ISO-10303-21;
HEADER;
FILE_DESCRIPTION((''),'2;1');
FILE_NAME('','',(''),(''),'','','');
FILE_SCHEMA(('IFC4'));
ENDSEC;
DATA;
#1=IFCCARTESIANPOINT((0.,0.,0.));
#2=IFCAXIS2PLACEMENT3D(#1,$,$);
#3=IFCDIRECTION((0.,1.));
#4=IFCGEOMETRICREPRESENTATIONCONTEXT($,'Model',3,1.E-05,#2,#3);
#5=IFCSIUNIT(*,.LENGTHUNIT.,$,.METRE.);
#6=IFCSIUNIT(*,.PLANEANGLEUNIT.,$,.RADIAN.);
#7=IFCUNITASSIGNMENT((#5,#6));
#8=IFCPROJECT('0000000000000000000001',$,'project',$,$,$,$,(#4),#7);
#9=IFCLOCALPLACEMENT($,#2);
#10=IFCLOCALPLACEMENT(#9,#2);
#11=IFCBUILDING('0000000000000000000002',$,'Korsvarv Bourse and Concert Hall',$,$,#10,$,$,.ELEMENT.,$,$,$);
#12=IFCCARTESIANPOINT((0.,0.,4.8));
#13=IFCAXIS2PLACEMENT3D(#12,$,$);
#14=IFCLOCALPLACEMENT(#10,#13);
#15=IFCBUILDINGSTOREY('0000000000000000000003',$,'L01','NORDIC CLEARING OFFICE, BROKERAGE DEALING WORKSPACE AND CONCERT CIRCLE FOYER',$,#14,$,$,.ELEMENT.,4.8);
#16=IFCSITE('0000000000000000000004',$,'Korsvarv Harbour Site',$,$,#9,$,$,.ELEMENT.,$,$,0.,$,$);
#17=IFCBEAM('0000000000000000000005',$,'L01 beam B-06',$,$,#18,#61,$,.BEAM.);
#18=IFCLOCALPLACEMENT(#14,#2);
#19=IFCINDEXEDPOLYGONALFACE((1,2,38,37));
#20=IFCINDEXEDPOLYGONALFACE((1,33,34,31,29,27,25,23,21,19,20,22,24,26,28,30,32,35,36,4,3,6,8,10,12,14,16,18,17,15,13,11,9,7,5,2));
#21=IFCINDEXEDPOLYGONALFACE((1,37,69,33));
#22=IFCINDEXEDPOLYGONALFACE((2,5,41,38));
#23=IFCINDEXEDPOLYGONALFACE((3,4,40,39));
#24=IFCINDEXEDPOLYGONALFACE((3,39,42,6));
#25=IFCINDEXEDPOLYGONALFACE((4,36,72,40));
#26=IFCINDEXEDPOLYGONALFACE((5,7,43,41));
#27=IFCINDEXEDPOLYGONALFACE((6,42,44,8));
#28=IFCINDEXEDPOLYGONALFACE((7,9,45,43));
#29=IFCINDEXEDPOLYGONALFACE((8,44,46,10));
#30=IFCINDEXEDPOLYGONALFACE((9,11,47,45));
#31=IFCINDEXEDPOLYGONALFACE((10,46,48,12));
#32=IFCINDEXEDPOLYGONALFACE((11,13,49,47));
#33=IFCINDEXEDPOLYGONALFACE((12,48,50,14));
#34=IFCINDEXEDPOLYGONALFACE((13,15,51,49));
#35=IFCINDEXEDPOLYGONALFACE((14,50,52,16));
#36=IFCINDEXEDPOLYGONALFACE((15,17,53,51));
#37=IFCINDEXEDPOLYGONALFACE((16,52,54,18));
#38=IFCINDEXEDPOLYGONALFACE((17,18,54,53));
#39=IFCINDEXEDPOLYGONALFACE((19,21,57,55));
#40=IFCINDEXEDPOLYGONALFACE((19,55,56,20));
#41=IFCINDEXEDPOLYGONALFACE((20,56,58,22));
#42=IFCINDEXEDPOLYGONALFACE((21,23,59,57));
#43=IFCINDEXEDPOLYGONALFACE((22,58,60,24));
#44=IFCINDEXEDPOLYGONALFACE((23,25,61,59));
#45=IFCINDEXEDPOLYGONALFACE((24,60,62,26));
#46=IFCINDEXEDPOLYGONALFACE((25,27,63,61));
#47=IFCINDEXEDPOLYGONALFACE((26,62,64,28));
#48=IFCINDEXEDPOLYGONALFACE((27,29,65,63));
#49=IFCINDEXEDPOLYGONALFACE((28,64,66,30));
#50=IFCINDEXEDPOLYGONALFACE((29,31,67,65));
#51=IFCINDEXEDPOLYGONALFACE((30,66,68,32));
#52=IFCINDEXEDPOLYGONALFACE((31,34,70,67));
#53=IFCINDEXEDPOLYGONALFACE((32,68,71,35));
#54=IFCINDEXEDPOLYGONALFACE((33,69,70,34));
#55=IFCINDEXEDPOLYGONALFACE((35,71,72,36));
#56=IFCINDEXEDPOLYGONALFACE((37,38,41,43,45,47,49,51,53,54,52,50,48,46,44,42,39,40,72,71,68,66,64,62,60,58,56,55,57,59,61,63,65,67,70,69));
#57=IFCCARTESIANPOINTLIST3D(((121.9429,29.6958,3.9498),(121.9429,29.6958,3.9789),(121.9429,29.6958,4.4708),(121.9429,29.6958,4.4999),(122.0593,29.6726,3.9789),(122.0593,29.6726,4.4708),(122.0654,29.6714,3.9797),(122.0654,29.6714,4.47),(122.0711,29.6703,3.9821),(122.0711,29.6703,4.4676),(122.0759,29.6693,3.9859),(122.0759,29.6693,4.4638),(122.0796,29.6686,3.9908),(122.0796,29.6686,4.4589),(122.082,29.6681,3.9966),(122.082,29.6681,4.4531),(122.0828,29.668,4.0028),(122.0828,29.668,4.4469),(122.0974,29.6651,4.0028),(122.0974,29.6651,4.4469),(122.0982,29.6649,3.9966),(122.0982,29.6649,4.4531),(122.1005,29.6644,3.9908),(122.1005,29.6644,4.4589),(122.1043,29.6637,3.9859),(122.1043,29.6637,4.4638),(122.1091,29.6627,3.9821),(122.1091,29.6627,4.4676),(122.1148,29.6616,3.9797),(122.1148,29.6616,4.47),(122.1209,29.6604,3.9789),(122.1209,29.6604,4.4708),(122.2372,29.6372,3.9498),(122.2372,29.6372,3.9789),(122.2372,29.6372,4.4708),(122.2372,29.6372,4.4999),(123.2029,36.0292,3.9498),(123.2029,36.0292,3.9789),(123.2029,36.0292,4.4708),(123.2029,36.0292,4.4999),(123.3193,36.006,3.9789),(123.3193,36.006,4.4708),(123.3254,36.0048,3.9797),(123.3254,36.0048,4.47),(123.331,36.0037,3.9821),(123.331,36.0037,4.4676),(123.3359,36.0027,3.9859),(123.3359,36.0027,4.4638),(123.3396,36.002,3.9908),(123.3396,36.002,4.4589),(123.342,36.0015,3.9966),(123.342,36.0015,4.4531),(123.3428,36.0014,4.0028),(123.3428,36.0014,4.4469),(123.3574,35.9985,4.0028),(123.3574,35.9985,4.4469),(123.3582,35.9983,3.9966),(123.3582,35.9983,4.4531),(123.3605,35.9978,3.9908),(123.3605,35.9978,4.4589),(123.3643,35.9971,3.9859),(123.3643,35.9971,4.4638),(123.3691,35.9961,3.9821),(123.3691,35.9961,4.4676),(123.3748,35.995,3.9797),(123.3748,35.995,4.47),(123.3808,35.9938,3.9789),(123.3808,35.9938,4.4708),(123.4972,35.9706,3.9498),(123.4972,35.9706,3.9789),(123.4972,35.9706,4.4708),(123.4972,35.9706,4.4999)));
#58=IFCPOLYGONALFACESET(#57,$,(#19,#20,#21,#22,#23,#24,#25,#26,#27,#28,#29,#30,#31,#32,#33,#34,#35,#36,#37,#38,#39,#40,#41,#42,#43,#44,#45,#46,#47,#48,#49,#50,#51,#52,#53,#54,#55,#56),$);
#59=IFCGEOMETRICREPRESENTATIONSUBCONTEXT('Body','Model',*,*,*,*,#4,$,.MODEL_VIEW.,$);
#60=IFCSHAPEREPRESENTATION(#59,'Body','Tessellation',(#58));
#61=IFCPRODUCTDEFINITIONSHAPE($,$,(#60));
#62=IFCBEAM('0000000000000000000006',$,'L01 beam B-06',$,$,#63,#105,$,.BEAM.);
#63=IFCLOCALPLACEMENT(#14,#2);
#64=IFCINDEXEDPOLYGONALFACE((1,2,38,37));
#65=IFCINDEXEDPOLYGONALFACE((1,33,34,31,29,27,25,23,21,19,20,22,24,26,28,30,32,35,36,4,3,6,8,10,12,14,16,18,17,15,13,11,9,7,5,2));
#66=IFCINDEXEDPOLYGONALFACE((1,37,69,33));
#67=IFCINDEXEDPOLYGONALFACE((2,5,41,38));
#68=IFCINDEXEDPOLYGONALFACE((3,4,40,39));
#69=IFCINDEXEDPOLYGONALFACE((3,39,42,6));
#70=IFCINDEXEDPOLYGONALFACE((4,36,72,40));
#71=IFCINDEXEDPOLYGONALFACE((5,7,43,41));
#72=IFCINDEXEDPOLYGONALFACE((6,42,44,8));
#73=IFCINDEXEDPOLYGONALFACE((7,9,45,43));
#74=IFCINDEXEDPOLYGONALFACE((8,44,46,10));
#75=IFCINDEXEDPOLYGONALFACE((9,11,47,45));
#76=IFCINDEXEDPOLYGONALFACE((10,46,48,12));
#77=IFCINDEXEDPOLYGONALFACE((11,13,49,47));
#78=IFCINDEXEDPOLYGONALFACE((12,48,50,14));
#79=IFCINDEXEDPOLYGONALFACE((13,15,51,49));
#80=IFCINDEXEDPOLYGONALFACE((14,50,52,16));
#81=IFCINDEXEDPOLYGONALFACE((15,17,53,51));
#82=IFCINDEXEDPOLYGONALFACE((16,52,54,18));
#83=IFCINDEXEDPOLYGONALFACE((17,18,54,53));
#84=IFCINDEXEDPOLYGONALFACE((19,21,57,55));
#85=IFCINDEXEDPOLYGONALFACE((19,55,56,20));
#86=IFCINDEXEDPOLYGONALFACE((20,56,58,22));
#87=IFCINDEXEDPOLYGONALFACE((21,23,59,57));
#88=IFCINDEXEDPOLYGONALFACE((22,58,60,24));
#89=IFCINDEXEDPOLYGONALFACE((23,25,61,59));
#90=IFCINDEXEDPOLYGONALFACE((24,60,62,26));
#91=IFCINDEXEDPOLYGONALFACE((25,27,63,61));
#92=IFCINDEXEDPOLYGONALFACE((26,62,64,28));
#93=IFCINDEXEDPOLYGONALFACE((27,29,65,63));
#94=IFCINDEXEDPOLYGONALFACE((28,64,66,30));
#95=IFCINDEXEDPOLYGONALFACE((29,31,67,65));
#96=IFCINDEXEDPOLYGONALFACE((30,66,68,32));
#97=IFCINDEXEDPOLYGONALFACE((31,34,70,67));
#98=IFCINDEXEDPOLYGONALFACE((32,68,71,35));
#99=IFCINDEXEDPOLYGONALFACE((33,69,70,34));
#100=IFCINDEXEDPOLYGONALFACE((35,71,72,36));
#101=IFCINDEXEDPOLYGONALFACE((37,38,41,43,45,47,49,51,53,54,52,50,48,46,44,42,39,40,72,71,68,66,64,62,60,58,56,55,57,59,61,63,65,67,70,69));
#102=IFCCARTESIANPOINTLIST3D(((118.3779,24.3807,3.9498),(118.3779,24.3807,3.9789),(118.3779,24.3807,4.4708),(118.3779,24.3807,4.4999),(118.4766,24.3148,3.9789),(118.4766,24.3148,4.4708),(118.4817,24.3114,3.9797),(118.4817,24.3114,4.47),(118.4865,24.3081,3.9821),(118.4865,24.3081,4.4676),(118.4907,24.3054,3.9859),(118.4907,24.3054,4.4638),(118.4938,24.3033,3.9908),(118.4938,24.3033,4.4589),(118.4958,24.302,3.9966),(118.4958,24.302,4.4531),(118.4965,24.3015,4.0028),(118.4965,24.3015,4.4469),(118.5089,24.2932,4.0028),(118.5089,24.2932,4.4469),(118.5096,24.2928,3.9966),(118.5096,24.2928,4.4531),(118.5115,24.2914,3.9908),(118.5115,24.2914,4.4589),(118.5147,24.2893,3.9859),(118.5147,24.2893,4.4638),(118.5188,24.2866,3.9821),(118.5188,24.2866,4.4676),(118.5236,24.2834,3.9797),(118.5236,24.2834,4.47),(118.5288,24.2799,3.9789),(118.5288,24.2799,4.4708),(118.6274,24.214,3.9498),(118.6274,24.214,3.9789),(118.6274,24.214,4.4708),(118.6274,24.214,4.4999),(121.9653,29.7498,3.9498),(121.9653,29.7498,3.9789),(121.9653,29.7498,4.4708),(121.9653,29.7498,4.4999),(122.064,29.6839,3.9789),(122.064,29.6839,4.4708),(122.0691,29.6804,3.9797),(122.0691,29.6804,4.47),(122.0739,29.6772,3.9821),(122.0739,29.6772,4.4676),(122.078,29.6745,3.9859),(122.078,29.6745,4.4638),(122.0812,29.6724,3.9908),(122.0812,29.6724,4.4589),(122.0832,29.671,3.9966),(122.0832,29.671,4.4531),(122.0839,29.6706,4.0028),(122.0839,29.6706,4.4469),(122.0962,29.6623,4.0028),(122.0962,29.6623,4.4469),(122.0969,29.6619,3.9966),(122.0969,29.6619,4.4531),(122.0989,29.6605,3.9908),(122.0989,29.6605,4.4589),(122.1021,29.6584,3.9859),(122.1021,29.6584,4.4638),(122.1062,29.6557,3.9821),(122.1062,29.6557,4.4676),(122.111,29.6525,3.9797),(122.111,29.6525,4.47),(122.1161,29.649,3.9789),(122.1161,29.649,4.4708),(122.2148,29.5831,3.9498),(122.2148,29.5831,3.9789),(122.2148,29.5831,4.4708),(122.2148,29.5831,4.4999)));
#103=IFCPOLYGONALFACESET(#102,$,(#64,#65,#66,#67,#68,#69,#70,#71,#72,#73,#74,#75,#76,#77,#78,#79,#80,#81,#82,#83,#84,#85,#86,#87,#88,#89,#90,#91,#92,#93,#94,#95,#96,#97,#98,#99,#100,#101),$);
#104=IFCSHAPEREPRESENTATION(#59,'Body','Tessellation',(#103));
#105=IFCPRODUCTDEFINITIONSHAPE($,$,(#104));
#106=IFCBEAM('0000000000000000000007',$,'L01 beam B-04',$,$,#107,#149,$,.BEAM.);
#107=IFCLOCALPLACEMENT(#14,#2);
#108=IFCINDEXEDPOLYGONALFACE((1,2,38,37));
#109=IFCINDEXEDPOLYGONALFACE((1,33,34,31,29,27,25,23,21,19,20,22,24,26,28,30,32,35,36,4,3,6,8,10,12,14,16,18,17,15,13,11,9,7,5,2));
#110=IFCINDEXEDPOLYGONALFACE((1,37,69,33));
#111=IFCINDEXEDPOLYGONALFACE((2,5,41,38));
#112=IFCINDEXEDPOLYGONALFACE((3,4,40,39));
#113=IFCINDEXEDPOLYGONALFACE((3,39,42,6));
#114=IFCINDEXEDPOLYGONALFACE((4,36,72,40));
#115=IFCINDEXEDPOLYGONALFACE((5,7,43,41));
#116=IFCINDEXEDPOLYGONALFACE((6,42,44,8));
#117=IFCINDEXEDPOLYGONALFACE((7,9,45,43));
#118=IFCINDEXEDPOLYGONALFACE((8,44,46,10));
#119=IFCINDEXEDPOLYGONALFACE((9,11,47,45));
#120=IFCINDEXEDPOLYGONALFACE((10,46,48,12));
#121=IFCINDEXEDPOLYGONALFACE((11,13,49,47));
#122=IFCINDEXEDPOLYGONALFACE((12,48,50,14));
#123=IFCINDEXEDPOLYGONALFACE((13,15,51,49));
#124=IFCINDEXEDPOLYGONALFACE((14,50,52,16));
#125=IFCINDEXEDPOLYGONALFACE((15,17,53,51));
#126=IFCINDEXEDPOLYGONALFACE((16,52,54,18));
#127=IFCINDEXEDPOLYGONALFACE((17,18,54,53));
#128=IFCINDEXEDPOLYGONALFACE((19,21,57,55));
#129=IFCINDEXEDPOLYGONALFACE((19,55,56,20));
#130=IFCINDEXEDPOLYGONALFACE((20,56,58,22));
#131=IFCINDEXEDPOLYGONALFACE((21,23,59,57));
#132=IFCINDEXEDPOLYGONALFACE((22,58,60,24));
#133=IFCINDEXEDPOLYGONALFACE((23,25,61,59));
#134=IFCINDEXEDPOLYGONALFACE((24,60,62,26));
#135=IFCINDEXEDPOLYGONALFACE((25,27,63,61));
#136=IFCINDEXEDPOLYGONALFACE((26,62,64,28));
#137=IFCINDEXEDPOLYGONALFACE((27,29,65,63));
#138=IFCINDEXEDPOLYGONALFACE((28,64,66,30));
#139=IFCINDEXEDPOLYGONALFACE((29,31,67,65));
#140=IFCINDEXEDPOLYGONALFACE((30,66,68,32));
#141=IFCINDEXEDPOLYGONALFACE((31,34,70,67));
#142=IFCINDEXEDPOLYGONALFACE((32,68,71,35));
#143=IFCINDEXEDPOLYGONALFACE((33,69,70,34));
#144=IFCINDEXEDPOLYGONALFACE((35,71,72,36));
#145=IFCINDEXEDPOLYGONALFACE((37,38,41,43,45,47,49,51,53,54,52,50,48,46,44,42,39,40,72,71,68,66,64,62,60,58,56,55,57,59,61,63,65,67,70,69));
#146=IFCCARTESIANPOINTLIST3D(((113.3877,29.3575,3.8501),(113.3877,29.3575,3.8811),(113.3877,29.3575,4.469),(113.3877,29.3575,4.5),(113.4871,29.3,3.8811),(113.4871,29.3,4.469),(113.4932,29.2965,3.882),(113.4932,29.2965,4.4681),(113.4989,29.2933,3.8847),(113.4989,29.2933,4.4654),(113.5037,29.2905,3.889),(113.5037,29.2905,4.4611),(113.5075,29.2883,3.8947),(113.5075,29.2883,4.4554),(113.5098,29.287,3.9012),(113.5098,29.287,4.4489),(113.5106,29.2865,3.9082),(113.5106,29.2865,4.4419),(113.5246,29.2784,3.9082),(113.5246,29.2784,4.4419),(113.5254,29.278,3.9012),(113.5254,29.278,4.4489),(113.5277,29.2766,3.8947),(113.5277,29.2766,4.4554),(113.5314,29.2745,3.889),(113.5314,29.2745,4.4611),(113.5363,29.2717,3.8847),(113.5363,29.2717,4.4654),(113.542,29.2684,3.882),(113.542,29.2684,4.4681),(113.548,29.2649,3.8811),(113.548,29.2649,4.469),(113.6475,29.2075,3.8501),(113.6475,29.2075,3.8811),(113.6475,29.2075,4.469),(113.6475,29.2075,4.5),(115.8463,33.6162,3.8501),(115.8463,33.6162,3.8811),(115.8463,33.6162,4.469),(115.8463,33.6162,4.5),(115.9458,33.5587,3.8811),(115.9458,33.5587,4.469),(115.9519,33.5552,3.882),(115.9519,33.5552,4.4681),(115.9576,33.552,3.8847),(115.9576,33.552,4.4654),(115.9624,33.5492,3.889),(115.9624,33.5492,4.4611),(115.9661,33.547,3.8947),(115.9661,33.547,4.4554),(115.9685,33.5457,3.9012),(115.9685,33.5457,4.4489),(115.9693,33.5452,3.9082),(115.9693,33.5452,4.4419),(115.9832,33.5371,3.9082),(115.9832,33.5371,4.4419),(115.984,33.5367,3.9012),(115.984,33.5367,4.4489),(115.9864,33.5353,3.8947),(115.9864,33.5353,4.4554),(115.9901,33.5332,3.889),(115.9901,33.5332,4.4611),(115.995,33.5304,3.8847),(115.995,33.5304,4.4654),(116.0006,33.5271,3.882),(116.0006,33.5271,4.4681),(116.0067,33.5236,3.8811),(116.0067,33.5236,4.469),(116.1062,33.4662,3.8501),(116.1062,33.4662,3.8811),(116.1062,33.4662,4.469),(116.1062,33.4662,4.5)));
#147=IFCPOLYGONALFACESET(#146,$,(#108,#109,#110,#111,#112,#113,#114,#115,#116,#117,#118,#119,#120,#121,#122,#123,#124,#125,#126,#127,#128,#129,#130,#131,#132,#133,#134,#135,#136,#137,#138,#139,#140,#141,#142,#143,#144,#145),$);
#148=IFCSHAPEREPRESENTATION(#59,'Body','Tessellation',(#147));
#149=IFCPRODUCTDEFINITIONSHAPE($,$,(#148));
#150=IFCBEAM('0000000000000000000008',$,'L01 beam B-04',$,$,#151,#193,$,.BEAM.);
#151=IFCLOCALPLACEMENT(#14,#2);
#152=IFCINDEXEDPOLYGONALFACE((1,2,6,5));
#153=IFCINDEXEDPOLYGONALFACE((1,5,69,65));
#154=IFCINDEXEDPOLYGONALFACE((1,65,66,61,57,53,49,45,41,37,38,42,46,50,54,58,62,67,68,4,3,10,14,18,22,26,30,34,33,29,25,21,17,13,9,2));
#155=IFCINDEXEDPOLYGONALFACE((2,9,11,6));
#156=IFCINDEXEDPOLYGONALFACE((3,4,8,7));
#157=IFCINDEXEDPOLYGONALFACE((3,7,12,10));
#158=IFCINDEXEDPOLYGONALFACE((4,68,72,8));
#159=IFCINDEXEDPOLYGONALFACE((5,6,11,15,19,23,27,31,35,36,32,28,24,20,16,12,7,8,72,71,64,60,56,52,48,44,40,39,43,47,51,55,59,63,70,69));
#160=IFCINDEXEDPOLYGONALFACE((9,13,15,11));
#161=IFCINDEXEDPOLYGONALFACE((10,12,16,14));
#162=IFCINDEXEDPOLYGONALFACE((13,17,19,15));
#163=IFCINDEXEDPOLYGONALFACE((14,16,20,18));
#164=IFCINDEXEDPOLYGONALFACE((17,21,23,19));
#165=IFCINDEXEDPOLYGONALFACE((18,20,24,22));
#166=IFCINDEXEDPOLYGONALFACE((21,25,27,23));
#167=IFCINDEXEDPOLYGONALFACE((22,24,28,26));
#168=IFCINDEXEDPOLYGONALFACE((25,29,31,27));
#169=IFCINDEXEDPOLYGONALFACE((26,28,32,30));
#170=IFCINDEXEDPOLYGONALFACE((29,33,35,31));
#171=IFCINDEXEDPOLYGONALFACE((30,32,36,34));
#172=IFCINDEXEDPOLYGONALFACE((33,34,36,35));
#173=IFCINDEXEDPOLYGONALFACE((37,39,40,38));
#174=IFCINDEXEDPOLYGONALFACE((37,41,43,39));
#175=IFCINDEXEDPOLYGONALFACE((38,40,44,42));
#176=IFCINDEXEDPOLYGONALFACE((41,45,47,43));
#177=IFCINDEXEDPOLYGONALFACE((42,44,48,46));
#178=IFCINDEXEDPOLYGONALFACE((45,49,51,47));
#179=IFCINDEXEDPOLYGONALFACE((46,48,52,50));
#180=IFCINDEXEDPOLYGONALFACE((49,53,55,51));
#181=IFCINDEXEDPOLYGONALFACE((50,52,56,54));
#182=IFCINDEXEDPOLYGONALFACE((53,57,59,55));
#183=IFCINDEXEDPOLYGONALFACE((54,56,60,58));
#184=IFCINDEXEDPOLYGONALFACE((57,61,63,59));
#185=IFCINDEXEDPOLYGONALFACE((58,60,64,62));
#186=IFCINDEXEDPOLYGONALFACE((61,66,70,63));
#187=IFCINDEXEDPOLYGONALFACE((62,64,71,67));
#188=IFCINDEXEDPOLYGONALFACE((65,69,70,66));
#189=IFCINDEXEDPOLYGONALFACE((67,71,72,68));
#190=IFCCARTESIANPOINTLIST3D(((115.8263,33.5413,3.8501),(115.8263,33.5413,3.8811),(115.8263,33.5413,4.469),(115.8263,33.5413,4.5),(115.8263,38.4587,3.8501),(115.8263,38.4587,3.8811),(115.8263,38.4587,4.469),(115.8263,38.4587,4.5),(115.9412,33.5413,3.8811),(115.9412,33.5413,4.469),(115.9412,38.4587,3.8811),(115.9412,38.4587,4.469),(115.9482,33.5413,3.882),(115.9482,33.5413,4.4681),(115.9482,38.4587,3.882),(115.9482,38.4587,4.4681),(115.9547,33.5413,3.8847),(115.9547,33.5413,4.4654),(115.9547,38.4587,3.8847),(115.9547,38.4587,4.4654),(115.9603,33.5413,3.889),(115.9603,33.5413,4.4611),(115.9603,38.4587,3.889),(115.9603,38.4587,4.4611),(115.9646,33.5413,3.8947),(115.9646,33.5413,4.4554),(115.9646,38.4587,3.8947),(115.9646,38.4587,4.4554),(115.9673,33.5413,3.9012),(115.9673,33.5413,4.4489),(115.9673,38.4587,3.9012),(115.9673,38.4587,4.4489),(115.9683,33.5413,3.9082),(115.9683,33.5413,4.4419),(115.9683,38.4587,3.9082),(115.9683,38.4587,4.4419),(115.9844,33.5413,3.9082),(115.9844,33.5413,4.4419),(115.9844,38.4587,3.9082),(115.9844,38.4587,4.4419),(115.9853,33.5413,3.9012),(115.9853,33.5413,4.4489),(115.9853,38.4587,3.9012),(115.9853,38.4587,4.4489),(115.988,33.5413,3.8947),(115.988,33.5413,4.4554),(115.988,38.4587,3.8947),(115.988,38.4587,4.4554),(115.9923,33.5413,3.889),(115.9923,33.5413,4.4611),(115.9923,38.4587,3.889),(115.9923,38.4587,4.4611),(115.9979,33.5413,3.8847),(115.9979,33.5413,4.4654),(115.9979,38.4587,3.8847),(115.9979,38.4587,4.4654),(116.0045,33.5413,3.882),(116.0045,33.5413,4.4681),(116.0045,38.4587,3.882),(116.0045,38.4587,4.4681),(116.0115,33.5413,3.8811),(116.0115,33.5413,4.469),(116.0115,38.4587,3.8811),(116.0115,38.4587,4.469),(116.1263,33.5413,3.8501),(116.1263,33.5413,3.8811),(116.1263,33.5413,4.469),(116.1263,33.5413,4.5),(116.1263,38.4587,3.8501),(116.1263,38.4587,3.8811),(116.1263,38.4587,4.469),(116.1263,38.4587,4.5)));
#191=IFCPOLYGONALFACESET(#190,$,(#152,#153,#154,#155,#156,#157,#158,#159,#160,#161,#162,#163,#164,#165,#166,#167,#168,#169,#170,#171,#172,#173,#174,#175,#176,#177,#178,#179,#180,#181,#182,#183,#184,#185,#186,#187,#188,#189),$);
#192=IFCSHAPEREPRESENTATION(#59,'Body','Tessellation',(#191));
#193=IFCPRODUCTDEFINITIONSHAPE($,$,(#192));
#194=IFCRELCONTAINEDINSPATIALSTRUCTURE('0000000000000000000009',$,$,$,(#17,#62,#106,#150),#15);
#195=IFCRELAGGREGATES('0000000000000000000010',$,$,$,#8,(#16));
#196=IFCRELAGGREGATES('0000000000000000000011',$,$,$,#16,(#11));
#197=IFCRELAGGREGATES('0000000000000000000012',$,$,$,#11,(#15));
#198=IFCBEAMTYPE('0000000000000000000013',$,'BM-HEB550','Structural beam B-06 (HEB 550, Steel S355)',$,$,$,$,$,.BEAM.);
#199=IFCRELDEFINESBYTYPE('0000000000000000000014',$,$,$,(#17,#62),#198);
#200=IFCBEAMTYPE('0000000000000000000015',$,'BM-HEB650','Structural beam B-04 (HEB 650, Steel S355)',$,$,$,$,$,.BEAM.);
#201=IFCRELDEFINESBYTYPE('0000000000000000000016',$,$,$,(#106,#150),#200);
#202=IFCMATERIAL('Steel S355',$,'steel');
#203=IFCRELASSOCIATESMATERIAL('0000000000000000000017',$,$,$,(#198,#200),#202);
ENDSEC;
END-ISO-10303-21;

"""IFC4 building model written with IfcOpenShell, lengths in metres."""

from ifc_helpers import new_model, si_unit, direction, frame, origin, origin_2d, place, context, subcontext, project, spatial, i_section, extrude, source, transform, mapped, material, material_profile, profile_set, type_object, element, save


model = new_model("IFC4")

# Units and contexts
model_context = context("Model", 3, precision=1e-05, world=origin(), true_north=direction((0.0, 1.0)))
body_context = subcontext(model_context, "Body", "Model", "MODEL_VIEW")
ifc_project = project(units=[si_unit("LENGTHUNIT", "METRE"), si_unit("PLANEANGLEUNIT", "RADIAN")], contexts=[model_context])

# Site, building, storey
site_placement = place(None, origin())
site = spatial("IfcSite", under=ifc_project, at=site_placement, Name="Korsvarv Harbour Site", CompositionType="ELEMENT", RefElevation=0.0)
building_placement = place(site_placement, origin())
building = spatial("IfcBuilding", under=site, at=building_placement, Name="Korsvarv Bourse and Concert Hall", CompositionType="ELEMENT")
storey_placement = place(building_placement, frame((0.0, 0.0, 4.8)))
storey = spatial("IfcBuildingStorey", under=building, at=storey_placement, Name="L01", Description="NORDIC CLEARING OFFICE, BROKERAGE DEALING WORKSPACE AND CONCERT CIRCLE FOYER", CompositionType="ELEMENT", Elevation=4.8)

# Beams
ifc_material_1 = material(Name="Steel S355", Category="steel")
ifc_material_profile_1 = material_profile(ifc_material_1, i_section(OverallWidth=0.3, OverallDepth=0.55, WebThickness=0.0149, FlangeThickness=0.0291, FilletRadius=0.0239, at=origin_2d()), Name="HEB 550")
ifc_profile_set_1 = profile_set([ifc_material_profile_1], Name="Steel S355")
beam_type_1 = type_object("IfcBeamType", Name="BM-HEB550", Description="Structural beam B-06 (HEB 550, Steel S355)", PredefinedType="BEAM", material=ifc_profile_set_1)
shared_shape_1 = source(origin(), body_context, "Body", "SweptSolid", [
    extrude(i_section(OverallWidth=0.3, OverallDepth=0.55, WebThickness=0.0149, FlangeThickness=0.0291, FilletRadius=0.0239, at=origin_2d()), origin(), (0.0, 0.0, 1.0), 6.4575),
])
for number, where, z_axis, x_axis, name in (
    (1, (122.0901, 29.6665, 4.2249), (0.19512, 0.980779, 0.0), (-0.980779, 0.19512, 0.0), "L01 beam B-06"),
):
    element("IfcBeam", number, at=place(storey_placement, frame(where, z_axis=z_axis, x_axis=x_axis)), inside=storey, type_object=beam_type_1, Name=name, PredefinedType="BEAM", context=body_context, shape_type="MappedRepresentation", body=[
        mapped(shared_shape_1, transform((0.0, 0.0, 0.0), scale=1.0)),
    ])
shared_shape_2 = source(origin(), body_context, "Body", "SweptSolid", [
    extrude(i_section(OverallWidth=0.3, OverallDepth=0.55, WebThickness=0.0149, FlangeThickness=0.0291, FilletRadius=0.0239, at=origin_2d()), origin(), (0.0, 0.0, 1.0), 6.4573),
])
beam_1_placement = place(storey_placement, frame((118.5027, 24.2974, 4.2249), z_axis=(0.555555, 0.83148, 0.0), x_axis=(-0.83148, 0.555555, 0.0)))
element("IfcBeam", 2, at=beam_1_placement, inside=storey, type_object=beam_type_1, Name="L01 beam B-06", PredefinedType="BEAM", context=body_context, shape_type="MappedRepresentation", body=[
    mapped(shared_shape_2, transform((0.0, 0.0, 0.0), scale=1.0)),
])
ifc_material_profile_2 = material_profile(ifc_material_1, i_section(OverallWidth=0.3, OverallDepth=0.6499, WebThickness=0.0161, FlangeThickness=0.031, FilletRadius=0.0271, at=origin_2d()), Name="HEB 650")
ifc_profile_set_2 = profile_set([ifc_material_profile_2], Name="Steel S355")
beam_type_2 = type_object("IfcBeamType", Name="BM-HEB650", Description="Structural beam B-04 (HEB 650, Steel S355)", PredefinedType="BEAM", material=ifc_profile_set_2)
shared_shape_3 = source(origin(), body_context, "Body", "SweptSolid", [
    extrude(i_section(OverallWidth=0.3, OverallDepth=0.6499, WebThickness=0.0161, FlangeThickness=0.031, FilletRadius=0.0271, at=origin_2d()), origin(), (0.0, 0.0, 1.0), 4.9175),
])
for number, where, z_axis, x_axis, name in (
    (3, (113.5176, 29.2825, 4.175), (0.499989, 0.866032, 0.0), (-0.866032, 0.499989, 0.0), "L01 beam B-04"),
    (4, (115.9763, 33.5413, 4.175), (0.0, 1.0, 0.0), (-1.0, 0.0, 0.0), "L01 beam B-04"),
):
    element("IfcBeam", number, at=place(storey_placement, frame(where, z_axis=z_axis, x_axis=x_axis)), inside=storey, type_object=beam_type_2, Name=name, PredefinedType="BEAM", context=body_context, shape_type="MappedRepresentation", body=[
        mapped(shared_shape_3, transform((0.0, 0.0, 0.0), scale=1.0)),
    ])

save(model, "model.ifc")
